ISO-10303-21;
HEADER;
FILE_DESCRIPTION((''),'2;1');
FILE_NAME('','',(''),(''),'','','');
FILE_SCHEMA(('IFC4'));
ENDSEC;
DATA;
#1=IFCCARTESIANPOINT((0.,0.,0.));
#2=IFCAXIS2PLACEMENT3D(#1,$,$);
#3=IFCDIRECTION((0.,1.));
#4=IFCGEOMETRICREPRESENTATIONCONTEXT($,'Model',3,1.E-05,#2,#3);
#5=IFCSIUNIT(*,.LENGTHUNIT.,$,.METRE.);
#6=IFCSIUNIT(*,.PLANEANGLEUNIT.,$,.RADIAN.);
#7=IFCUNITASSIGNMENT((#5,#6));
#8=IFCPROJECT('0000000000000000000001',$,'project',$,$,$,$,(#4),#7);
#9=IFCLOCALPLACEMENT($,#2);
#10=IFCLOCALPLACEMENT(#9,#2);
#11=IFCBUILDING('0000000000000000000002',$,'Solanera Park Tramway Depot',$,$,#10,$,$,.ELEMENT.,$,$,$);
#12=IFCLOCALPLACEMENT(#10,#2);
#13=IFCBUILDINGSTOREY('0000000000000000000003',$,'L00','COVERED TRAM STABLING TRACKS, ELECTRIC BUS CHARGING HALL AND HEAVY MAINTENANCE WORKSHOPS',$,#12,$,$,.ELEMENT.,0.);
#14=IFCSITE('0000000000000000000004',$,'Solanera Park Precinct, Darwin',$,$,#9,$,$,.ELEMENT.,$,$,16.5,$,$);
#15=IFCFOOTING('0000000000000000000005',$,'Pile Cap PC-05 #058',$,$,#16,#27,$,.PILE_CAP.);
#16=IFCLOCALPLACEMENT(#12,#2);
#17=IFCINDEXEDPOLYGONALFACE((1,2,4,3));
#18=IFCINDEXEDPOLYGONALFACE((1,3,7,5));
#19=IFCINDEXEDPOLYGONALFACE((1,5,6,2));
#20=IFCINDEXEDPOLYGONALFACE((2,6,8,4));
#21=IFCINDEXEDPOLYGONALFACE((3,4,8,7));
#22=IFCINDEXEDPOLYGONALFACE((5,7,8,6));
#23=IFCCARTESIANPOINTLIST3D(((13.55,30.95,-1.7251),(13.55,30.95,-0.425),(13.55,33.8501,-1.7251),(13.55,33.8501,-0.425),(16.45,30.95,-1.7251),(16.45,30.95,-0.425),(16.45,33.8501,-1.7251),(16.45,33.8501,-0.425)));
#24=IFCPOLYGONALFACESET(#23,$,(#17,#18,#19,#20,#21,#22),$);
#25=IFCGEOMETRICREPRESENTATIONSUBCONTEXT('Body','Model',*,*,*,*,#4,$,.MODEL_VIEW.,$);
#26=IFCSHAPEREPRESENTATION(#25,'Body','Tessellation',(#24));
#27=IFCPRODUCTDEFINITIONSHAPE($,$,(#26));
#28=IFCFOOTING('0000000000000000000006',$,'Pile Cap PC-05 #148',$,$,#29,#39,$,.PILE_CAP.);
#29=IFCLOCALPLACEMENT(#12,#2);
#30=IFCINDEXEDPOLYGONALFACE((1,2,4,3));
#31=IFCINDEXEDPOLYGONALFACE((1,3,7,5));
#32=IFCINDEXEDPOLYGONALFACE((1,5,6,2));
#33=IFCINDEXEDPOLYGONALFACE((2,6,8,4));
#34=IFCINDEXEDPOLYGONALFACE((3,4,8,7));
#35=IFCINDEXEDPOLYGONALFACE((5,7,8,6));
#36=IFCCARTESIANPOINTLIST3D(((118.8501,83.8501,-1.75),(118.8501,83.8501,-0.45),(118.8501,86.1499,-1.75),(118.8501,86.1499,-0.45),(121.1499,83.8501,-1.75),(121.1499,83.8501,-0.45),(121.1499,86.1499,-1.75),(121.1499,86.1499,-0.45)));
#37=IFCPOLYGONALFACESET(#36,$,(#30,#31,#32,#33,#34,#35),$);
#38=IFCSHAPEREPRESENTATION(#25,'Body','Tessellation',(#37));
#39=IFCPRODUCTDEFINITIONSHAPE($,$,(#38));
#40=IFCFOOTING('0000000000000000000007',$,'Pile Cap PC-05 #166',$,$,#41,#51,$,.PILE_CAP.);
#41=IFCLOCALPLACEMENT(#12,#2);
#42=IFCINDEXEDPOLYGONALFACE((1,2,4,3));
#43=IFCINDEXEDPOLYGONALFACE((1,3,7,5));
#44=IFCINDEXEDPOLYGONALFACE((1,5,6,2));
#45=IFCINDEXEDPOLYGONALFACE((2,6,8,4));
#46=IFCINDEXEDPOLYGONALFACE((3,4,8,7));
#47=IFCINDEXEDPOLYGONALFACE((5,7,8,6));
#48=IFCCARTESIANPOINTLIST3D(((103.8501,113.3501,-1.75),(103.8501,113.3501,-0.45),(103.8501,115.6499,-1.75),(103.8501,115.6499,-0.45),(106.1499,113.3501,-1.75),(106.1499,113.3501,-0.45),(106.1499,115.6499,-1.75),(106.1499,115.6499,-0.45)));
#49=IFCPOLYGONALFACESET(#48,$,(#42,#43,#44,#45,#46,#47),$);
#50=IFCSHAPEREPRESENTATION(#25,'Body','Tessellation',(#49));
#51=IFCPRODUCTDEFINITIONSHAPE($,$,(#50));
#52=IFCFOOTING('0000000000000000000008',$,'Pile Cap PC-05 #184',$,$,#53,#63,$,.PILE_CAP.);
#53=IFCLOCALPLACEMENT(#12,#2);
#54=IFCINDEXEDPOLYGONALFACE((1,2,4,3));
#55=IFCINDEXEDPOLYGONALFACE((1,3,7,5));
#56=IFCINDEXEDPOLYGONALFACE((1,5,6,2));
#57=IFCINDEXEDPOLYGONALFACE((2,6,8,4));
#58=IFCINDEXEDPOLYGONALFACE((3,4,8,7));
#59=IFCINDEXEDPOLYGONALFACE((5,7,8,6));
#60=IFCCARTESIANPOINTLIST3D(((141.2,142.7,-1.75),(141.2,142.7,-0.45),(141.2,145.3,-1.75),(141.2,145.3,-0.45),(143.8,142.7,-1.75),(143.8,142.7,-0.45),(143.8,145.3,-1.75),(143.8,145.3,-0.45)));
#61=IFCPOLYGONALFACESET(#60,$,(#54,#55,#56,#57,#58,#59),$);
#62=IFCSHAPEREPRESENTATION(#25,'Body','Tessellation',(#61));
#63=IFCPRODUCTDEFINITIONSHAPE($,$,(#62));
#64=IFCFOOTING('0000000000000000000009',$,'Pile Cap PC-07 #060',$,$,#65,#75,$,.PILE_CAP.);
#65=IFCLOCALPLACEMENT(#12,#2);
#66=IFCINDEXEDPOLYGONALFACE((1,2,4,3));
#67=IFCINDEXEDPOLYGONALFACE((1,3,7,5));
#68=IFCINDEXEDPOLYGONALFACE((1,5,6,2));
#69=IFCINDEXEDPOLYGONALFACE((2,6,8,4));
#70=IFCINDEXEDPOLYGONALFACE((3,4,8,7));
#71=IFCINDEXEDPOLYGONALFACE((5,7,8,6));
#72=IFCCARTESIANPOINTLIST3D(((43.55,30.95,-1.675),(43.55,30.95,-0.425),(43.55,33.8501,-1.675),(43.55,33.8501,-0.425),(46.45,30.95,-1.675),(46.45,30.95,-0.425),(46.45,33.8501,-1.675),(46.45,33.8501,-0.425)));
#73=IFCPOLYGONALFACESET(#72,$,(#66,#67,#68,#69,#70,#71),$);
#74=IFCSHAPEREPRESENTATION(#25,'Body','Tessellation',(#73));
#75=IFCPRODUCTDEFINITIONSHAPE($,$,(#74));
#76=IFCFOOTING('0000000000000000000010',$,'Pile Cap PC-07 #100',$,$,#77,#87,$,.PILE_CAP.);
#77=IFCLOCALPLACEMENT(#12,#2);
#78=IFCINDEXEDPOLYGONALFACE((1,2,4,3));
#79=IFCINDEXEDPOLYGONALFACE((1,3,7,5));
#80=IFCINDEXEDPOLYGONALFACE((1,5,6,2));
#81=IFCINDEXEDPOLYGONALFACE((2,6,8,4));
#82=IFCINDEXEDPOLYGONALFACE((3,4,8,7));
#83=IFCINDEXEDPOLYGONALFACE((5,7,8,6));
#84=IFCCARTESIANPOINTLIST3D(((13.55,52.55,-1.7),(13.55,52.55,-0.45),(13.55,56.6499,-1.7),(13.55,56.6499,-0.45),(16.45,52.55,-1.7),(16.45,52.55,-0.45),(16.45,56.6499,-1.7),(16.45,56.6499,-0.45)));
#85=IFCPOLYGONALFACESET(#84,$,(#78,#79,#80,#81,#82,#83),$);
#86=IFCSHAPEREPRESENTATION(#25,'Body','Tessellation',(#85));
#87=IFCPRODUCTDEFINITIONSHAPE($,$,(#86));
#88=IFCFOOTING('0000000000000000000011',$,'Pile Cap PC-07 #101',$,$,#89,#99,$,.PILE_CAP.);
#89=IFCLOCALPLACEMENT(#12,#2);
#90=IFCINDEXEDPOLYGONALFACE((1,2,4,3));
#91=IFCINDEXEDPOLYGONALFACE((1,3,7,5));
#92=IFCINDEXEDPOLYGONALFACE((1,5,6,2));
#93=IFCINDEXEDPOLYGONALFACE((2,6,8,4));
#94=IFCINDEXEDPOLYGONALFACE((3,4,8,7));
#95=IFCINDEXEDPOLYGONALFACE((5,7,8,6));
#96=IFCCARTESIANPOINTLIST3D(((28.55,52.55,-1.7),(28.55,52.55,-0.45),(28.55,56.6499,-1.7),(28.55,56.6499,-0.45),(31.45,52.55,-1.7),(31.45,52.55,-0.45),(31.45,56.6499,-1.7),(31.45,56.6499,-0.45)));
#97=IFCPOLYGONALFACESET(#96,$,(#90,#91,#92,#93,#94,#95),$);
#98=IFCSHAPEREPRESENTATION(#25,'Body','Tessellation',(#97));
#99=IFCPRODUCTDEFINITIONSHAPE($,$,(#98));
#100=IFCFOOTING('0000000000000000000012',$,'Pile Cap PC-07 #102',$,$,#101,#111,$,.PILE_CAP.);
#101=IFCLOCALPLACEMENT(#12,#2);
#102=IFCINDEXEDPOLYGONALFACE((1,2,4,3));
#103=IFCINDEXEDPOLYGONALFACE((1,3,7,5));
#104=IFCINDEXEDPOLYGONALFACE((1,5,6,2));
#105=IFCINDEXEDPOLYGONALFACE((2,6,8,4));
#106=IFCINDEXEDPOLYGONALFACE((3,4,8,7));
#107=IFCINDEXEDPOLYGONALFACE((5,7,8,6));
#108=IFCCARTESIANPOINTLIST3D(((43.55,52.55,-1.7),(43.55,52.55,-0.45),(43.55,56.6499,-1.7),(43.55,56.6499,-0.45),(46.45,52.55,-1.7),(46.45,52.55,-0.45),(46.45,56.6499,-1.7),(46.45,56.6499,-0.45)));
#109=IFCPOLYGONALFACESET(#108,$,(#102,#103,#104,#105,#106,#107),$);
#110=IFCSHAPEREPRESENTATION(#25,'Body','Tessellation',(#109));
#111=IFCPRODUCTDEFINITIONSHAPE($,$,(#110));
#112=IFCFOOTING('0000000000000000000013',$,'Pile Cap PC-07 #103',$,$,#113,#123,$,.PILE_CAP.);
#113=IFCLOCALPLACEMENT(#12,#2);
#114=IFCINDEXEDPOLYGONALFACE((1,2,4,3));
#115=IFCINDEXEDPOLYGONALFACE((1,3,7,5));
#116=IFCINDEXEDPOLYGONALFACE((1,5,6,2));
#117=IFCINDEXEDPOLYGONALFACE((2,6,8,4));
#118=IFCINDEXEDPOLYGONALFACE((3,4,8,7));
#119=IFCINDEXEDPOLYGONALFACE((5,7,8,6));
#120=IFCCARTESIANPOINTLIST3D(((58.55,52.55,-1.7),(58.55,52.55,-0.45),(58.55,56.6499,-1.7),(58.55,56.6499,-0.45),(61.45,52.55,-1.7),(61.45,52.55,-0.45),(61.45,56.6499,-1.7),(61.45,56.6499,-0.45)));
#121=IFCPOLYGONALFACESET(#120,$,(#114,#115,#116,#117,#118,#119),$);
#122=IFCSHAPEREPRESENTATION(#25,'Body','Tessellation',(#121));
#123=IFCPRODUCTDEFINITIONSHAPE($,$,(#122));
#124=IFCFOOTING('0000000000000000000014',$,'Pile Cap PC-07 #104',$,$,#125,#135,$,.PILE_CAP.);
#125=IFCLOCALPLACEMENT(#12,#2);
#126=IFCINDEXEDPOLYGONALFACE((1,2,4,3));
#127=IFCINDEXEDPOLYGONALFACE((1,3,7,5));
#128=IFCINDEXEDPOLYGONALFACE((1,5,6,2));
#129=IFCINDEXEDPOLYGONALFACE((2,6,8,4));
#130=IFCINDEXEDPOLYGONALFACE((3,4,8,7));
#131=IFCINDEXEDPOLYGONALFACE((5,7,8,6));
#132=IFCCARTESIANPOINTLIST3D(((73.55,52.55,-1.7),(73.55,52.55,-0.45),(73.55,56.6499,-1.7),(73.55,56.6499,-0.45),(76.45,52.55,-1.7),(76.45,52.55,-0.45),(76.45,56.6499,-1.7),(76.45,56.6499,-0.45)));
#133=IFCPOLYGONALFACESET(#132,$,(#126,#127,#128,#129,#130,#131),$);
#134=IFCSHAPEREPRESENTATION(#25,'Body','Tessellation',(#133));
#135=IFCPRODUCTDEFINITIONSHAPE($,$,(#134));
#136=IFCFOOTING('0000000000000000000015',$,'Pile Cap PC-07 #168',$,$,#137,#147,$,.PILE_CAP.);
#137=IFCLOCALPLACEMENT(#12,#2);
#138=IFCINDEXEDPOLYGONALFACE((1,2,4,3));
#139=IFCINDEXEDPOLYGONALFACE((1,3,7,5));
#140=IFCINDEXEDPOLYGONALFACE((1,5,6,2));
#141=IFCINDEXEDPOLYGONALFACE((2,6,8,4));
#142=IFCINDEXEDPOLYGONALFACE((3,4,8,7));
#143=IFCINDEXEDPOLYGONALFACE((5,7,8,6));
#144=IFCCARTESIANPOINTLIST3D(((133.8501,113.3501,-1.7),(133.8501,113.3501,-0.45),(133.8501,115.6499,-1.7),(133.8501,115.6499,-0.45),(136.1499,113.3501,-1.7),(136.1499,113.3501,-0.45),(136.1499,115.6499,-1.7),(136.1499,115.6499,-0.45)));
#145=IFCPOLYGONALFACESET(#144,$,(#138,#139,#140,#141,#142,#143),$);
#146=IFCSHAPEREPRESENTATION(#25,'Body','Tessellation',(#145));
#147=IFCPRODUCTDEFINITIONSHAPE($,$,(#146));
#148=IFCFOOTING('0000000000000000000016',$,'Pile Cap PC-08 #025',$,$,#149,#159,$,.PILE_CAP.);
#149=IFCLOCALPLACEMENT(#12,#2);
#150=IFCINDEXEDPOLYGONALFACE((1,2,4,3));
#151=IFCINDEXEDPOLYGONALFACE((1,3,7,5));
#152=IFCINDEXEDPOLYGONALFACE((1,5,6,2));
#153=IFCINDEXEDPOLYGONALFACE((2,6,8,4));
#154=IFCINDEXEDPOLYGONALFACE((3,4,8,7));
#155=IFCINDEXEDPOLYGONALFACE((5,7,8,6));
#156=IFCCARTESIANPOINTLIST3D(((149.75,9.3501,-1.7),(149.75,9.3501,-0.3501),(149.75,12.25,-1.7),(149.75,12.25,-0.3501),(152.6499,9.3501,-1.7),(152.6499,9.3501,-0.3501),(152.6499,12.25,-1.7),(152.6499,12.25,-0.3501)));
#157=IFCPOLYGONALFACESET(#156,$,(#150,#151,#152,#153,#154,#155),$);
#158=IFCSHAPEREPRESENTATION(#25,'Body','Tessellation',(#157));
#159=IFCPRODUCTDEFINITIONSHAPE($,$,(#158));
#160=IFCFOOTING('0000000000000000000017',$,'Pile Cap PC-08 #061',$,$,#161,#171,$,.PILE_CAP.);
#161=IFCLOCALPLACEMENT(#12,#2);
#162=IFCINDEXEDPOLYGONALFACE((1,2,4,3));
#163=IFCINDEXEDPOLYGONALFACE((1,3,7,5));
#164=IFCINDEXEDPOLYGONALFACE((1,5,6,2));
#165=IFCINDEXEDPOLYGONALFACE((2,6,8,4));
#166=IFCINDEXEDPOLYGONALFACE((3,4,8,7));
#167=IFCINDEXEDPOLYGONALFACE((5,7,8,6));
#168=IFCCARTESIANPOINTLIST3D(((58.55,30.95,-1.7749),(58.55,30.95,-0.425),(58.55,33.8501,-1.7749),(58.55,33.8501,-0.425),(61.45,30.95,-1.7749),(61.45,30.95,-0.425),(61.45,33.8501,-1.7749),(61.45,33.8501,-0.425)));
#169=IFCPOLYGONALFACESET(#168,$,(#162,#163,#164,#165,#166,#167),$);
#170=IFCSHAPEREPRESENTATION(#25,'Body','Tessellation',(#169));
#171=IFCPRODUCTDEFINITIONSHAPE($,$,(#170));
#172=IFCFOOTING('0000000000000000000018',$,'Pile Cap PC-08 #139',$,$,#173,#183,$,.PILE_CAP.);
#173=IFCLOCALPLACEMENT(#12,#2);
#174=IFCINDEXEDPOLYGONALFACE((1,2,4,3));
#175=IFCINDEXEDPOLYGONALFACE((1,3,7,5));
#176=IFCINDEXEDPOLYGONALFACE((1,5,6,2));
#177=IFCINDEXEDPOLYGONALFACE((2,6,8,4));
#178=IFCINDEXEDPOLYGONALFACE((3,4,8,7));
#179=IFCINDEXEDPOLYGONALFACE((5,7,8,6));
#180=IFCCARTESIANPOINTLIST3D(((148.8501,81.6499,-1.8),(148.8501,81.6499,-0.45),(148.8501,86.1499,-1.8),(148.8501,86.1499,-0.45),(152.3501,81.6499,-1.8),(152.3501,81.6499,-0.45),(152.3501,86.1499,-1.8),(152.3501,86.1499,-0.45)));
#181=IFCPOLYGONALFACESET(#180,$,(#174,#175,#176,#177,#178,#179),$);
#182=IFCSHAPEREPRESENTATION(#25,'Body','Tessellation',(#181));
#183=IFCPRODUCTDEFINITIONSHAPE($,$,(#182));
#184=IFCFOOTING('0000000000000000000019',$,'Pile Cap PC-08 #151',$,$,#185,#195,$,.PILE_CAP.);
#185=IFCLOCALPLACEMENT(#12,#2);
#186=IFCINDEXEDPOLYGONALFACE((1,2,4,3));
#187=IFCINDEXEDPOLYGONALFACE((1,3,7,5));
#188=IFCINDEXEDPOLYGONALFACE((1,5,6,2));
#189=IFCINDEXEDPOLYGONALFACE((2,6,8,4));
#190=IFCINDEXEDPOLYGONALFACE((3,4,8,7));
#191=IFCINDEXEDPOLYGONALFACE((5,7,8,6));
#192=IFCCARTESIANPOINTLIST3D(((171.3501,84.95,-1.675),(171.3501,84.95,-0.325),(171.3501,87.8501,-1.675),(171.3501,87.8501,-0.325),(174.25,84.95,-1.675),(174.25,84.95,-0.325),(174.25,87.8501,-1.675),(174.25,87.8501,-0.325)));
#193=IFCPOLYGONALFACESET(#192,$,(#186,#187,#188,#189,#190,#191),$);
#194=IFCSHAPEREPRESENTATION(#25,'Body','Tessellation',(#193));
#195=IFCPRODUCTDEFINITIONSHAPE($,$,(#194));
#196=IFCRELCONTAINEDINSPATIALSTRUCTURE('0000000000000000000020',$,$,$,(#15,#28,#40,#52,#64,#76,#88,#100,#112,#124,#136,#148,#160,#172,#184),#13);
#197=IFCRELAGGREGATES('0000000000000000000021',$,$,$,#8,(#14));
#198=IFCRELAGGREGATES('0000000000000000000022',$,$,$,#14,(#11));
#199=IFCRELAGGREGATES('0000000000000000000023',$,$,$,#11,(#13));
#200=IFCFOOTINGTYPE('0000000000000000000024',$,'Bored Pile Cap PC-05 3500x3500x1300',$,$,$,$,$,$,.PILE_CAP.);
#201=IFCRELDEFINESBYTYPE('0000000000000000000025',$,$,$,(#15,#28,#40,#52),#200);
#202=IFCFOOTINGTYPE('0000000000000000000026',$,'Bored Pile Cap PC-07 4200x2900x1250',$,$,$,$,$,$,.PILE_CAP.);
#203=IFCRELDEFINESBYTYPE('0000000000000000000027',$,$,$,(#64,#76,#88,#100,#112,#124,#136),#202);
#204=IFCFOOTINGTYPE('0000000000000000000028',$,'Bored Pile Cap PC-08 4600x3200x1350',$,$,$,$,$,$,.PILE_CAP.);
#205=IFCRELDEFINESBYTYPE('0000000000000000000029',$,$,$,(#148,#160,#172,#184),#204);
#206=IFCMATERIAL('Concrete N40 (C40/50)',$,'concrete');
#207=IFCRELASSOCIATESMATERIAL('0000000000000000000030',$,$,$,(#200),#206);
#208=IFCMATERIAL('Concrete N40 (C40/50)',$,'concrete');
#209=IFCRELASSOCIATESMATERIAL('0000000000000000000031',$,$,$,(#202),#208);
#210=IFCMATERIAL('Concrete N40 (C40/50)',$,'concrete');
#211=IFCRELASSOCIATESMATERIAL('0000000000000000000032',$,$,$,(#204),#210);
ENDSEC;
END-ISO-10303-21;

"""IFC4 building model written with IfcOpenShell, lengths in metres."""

from ifc_helpers import new_model, si_unit, direction, frame, origin, place, context, subcontext, project, spatial, polyline, outline, extrude, material, type_object, element, save


model = new_model("IFC4")

# Units and contexts
model_context = context("Model", 3, precision=1e-05, world=origin(), true_north=direction((0.0, 1.0)))
body_context = subcontext(model_context, "Body", "Model", "MODEL_VIEW")
ifc_project = project(units=[si_unit("LENGTHUNIT", "METRE"), si_unit("PLANEANGLEUNIT", "RADIAN")], contexts=[model_context])

# Site, building, storey
site_placement = place(None, origin())
site = spatial("IfcSite", under=ifc_project, at=site_placement, Name="Solanera Park Precinct, Darwin", CompositionType="ELEMENT", RefElevation=16.5)
building_placement = place(site_placement, origin())
building = spatial("IfcBuilding", under=site, at=building_placement, Name="Solanera Park Tramway Depot", CompositionType="ELEMENT")
storey_placement = place(building_placement, origin())
storey = spatial("IfcBuildingStorey", under=building, at=storey_placement, Name="L00", Description="COVERED TRAM STABLING TRACKS, ELECTRIC BUS CHARGING HALL AND HEAVY MAINTENANCE WORKSHOPS", CompositionType="ELEMENT", Elevation=0.0)

# Footings
ifc_material_1 = material(Name="Concrete N40 (C40/50)", Category="concrete")
footing_type_1 = type_object("IfcFootingType", Name="Bored Pile Cap PC-05 3500x3500x1300", PredefinedType="PILE_CAP", material=ifc_material_1)
footing_1_placement = place(storey_placement, frame((0.0, 0.0, -1.7251)))
element("IfcFooting", 1, at=footing_1_placement, inside=storey, type_object=footing_type_1, Name="Pile Cap PC-05 #058", PredefinedType="PILE_CAP", context=body_context, shape_type="SweptSolid", body=[
    extrude(outline(polyline([(16.45, 30.95), (16.45, 33.8501), (13.55, 33.8501), (13.55, 30.95), (16.45, 30.95)])), origin(), (0.0, 0.0, 1.0), 1.3),
])
footing_2_placement = place(storey_placement, frame((0.0, 0.0, -1.75)))
element("IfcFooting", 2, at=footing_2_placement, inside=storey, type_object=footing_type_1, Name="Pile Cap PC-05 #148", PredefinedType="PILE_CAP", context=body_context, shape_type="SweptSolid", body=[
    extrude(outline(polyline([(121.1499, 83.8501), (121.1499, 86.1499), (118.8501, 86.1499), (118.8501, 83.8501), (121.1499, 83.8501)])), origin(), (0.0, 0.0, 1.0), 1.3),
])
footing_3_placement = place(storey_placement, frame((0.0, 0.0, -1.75)))
element("IfcFooting", 3, at=footing_3_placement, inside=storey, type_object=footing_type_1, Name="Pile Cap PC-05 #166", PredefinedType="PILE_CAP", context=body_context, shape_type="SweptSolid", body=[
    extrude(outline(polyline([(106.1499, 113.3501), (106.1499, 115.6499), (103.8501, 115.6499), (103.8501, 113.3501), (106.1499, 113.3501)])), origin(), (0.0, 0.0, 1.0), 1.3),
])
footing_4_placement = place(storey_placement, frame((0.0, 0.0, -1.75)))
element("IfcFooting", 4, at=footing_4_placement, inside=storey, type_object=footing_type_1, Name="Pile Cap PC-05 #184", PredefinedType="PILE_CAP", context=body_context, shape_type="SweptSolid", body=[
    extrude(outline(polyline([(143.8, 142.7), (143.8, 145.3), (141.2, 145.3), (141.2, 142.7), (143.8, 142.7)])), origin(), (0.0, 0.0, 1.0), 1.3),
])
ifc_material_2 = material(Name="Concrete N40 (C40/50)", Category="concrete")
footing_type_2 = type_object("IfcFootingType", Name="Bored Pile Cap PC-07 4200x2900x1250", PredefinedType="PILE_CAP", material=ifc_material_2)
footing_5_placement = place(storey_placement, frame((0.0, 0.0, -1.675)))
element("IfcFooting", 5, at=footing_5_placement, inside=storey, type_object=footing_type_2, Name="Pile Cap PC-07 #060", PredefinedType="PILE_CAP", context=body_context, shape_type="SweptSolid", body=[
    extrude(outline(polyline([(46.45, 30.95), (46.45, 33.8501), (43.55, 33.8501), (43.55, 30.95), (46.45, 30.95)])), origin(), (0.0, 0.0, 1.0), 1.25),
])
footing_6_placement = place(storey_placement, frame((0.0, 0.0, -1.7)))
element("IfcFooting", 6, at=footing_6_placement, inside=storey, type_object=footing_type_2, Name="Pile Cap PC-07 #100", PredefinedType="PILE_CAP", context=body_context, shape_type="SweptSolid", body=[
    extrude(outline(polyline([(16.45, 52.55), (16.45, 56.6499), (13.55, 56.6499), (13.55, 52.55), (16.45, 52.55)])), origin(), (0.0, 0.0, 1.0), 1.25),
])
footing_7_placement = place(storey_placement, frame((0.0, 0.0, -1.7)))
element("IfcFooting", 7, at=footing_7_placement, inside=storey, type_object=footing_type_2, Name="Pile Cap PC-07 #101", PredefinedType="PILE_CAP", context=body_context, shape_type="SweptSolid", body=[
    extrude(outline(polyline([(31.45, 52.55), (31.45, 56.6499), (28.55, 56.6499), (28.55, 52.55), (31.45, 52.55)])), origin(), (0.0, 0.0, 1.0), 1.25),
])
footing_8_placement = place(storey_placement, frame((0.0, 0.0, -1.7)))
element("IfcFooting", 8, at=footing_8_placement, inside=storey, type_object=footing_type_2, Name="Pile Cap PC-07 #102", PredefinedType="PILE_CAP", context=body_context, shape_type="SweptSolid", body=[
    extrude(outline(polyline([(46.45, 52.55), (46.45, 56.6499), (43.55, 56.6499), (43.55, 52.55), (46.45, 52.55)])), origin(), (0.0, 0.0, 1.0), 1.25),
])
footing_9_placement = place(storey_placement, frame((0.0, 0.0, -1.7)))
element("IfcFooting", 9, at=footing_9_placement, inside=storey, type_object=footing_type_2, Name="Pile Cap PC-07 #103", PredefinedType="PILE_CAP", context=body_context, shape_type="SweptSolid", body=[
    extrude(outline(polyline([(61.45, 52.55), (61.45, 56.6499), (58.55, 56.6499), (58.55, 52.55), (61.45, 52.55)])), origin(), (0.0, 0.0, 1.0), 1.25),
])
footing_10_placement = place(storey_placement, frame((0.0, 0.0, -1.7)))
element("IfcFooting", 10, at=footing_10_placement, inside=storey, type_object=footing_type_2, Name="Pile Cap PC-07 #104", PredefinedType="PILE_CAP", context=body_context, shape_type="SweptSolid", body=[
    extrude(outline(polyline([(76.45, 52.55), (76.45, 56.6499), (73.55, 56.6499), (73.55, 52.55), (76.45, 52.55)])), origin(), (0.0, 0.0, 1.0), 1.25),
])
footing_11_placement = place(storey_placement, frame((0.0, 0.0, -1.7)))
element("IfcFooting", 11, at=footing_11_placement, inside=storey, type_object=footing_type_2, Name="Pile Cap PC-07 #168", PredefinedType="PILE_CAP", context=body_context, shape_type="SweptSolid", body=[
    extrude(outline(polyline([(136.1499, 113.3501), (136.1499, 115.6499), (133.8501, 115.6499), (133.8501, 113.3501), (136.1499, 113.3501)])), origin(), (0.0, 0.0, 1.0), 1.25),
])
ifc_material_3 = material(Name="Concrete N40 (C40/50)", Category="concrete")
footing_type_3 = type_object("IfcFootingType", Name="Bored Pile Cap PC-08 4600x3200x1350", PredefinedType="PILE_CAP", material=ifc_material_3)
footing_12_placement = place(storey_placement, frame((0.0, 0.0, -1.7)))
element("IfcFooting", 12, at=footing_12_placement, inside=storey, type_object=footing_type_3, Name="Pile Cap PC-08 #025", PredefinedType="PILE_CAP", context=body_context, shape_type="SweptSolid", body=[
    extrude(outline(polyline([(152.6499, 9.3501), (152.6499, 12.25), (149.75, 12.25), (149.75, 9.3501), (152.6499, 9.3501)])), origin(), (0.0, 0.0, 1.0), 1.3499),
])
footing_13_placement = place(storey_placement, frame((0.0, 0.0, -1.7749)))
element("IfcFooting", 13, at=footing_13_placement, inside=storey, type_object=footing_type_3, Name="Pile Cap PC-08 #061", PredefinedType="PILE_CAP", context=body_context, shape_type="SweptSolid", body=[
    extrude(outline(polyline([(61.45, 30.95), (61.45, 33.8501), (58.55, 33.8501), (58.55, 30.95), (61.45, 30.95)])), origin(), (0.0, 0.0, 1.0), 1.3499),
])
footing_14_placement = place(storey_placement, frame((0.0, 0.0, -1.8)))
element("IfcFooting", 14, at=footing_14_placement, inside=storey, type_object=footing_type_3, Name="Pile Cap PC-08 #139", PredefinedType="PILE_CAP", context=body_context, shape_type="SweptSolid", body=[
    extrude(outline(polyline([(152.3501, 81.6499), (152.3501, 86.1499), (148.8501, 86.1499), (148.8501, 81.6499), (152.3501, 81.6499)])), origin(), (0.0, 0.0, 1.0), 1.3501),
])
footing_15_placement = place(storey_placement, frame((0.0, 0.0, -1.675)))
element("IfcFooting", 15, at=footing_15_placement, inside=storey, type_object=footing_type_3, Name="Pile Cap PC-08 #151", PredefinedType="PILE_CAP", context=body_context, shape_type="SweptSolid", body=[
    extrude(outline(polyline([(174.25, 84.95), (174.25, 87.8501), (171.3501, 87.8501), (171.3501, 84.95), (174.25, 84.95)])), origin(), (0.0, 0.0, 1.0), 1.3501),
])

save(model, "model.ifc")
